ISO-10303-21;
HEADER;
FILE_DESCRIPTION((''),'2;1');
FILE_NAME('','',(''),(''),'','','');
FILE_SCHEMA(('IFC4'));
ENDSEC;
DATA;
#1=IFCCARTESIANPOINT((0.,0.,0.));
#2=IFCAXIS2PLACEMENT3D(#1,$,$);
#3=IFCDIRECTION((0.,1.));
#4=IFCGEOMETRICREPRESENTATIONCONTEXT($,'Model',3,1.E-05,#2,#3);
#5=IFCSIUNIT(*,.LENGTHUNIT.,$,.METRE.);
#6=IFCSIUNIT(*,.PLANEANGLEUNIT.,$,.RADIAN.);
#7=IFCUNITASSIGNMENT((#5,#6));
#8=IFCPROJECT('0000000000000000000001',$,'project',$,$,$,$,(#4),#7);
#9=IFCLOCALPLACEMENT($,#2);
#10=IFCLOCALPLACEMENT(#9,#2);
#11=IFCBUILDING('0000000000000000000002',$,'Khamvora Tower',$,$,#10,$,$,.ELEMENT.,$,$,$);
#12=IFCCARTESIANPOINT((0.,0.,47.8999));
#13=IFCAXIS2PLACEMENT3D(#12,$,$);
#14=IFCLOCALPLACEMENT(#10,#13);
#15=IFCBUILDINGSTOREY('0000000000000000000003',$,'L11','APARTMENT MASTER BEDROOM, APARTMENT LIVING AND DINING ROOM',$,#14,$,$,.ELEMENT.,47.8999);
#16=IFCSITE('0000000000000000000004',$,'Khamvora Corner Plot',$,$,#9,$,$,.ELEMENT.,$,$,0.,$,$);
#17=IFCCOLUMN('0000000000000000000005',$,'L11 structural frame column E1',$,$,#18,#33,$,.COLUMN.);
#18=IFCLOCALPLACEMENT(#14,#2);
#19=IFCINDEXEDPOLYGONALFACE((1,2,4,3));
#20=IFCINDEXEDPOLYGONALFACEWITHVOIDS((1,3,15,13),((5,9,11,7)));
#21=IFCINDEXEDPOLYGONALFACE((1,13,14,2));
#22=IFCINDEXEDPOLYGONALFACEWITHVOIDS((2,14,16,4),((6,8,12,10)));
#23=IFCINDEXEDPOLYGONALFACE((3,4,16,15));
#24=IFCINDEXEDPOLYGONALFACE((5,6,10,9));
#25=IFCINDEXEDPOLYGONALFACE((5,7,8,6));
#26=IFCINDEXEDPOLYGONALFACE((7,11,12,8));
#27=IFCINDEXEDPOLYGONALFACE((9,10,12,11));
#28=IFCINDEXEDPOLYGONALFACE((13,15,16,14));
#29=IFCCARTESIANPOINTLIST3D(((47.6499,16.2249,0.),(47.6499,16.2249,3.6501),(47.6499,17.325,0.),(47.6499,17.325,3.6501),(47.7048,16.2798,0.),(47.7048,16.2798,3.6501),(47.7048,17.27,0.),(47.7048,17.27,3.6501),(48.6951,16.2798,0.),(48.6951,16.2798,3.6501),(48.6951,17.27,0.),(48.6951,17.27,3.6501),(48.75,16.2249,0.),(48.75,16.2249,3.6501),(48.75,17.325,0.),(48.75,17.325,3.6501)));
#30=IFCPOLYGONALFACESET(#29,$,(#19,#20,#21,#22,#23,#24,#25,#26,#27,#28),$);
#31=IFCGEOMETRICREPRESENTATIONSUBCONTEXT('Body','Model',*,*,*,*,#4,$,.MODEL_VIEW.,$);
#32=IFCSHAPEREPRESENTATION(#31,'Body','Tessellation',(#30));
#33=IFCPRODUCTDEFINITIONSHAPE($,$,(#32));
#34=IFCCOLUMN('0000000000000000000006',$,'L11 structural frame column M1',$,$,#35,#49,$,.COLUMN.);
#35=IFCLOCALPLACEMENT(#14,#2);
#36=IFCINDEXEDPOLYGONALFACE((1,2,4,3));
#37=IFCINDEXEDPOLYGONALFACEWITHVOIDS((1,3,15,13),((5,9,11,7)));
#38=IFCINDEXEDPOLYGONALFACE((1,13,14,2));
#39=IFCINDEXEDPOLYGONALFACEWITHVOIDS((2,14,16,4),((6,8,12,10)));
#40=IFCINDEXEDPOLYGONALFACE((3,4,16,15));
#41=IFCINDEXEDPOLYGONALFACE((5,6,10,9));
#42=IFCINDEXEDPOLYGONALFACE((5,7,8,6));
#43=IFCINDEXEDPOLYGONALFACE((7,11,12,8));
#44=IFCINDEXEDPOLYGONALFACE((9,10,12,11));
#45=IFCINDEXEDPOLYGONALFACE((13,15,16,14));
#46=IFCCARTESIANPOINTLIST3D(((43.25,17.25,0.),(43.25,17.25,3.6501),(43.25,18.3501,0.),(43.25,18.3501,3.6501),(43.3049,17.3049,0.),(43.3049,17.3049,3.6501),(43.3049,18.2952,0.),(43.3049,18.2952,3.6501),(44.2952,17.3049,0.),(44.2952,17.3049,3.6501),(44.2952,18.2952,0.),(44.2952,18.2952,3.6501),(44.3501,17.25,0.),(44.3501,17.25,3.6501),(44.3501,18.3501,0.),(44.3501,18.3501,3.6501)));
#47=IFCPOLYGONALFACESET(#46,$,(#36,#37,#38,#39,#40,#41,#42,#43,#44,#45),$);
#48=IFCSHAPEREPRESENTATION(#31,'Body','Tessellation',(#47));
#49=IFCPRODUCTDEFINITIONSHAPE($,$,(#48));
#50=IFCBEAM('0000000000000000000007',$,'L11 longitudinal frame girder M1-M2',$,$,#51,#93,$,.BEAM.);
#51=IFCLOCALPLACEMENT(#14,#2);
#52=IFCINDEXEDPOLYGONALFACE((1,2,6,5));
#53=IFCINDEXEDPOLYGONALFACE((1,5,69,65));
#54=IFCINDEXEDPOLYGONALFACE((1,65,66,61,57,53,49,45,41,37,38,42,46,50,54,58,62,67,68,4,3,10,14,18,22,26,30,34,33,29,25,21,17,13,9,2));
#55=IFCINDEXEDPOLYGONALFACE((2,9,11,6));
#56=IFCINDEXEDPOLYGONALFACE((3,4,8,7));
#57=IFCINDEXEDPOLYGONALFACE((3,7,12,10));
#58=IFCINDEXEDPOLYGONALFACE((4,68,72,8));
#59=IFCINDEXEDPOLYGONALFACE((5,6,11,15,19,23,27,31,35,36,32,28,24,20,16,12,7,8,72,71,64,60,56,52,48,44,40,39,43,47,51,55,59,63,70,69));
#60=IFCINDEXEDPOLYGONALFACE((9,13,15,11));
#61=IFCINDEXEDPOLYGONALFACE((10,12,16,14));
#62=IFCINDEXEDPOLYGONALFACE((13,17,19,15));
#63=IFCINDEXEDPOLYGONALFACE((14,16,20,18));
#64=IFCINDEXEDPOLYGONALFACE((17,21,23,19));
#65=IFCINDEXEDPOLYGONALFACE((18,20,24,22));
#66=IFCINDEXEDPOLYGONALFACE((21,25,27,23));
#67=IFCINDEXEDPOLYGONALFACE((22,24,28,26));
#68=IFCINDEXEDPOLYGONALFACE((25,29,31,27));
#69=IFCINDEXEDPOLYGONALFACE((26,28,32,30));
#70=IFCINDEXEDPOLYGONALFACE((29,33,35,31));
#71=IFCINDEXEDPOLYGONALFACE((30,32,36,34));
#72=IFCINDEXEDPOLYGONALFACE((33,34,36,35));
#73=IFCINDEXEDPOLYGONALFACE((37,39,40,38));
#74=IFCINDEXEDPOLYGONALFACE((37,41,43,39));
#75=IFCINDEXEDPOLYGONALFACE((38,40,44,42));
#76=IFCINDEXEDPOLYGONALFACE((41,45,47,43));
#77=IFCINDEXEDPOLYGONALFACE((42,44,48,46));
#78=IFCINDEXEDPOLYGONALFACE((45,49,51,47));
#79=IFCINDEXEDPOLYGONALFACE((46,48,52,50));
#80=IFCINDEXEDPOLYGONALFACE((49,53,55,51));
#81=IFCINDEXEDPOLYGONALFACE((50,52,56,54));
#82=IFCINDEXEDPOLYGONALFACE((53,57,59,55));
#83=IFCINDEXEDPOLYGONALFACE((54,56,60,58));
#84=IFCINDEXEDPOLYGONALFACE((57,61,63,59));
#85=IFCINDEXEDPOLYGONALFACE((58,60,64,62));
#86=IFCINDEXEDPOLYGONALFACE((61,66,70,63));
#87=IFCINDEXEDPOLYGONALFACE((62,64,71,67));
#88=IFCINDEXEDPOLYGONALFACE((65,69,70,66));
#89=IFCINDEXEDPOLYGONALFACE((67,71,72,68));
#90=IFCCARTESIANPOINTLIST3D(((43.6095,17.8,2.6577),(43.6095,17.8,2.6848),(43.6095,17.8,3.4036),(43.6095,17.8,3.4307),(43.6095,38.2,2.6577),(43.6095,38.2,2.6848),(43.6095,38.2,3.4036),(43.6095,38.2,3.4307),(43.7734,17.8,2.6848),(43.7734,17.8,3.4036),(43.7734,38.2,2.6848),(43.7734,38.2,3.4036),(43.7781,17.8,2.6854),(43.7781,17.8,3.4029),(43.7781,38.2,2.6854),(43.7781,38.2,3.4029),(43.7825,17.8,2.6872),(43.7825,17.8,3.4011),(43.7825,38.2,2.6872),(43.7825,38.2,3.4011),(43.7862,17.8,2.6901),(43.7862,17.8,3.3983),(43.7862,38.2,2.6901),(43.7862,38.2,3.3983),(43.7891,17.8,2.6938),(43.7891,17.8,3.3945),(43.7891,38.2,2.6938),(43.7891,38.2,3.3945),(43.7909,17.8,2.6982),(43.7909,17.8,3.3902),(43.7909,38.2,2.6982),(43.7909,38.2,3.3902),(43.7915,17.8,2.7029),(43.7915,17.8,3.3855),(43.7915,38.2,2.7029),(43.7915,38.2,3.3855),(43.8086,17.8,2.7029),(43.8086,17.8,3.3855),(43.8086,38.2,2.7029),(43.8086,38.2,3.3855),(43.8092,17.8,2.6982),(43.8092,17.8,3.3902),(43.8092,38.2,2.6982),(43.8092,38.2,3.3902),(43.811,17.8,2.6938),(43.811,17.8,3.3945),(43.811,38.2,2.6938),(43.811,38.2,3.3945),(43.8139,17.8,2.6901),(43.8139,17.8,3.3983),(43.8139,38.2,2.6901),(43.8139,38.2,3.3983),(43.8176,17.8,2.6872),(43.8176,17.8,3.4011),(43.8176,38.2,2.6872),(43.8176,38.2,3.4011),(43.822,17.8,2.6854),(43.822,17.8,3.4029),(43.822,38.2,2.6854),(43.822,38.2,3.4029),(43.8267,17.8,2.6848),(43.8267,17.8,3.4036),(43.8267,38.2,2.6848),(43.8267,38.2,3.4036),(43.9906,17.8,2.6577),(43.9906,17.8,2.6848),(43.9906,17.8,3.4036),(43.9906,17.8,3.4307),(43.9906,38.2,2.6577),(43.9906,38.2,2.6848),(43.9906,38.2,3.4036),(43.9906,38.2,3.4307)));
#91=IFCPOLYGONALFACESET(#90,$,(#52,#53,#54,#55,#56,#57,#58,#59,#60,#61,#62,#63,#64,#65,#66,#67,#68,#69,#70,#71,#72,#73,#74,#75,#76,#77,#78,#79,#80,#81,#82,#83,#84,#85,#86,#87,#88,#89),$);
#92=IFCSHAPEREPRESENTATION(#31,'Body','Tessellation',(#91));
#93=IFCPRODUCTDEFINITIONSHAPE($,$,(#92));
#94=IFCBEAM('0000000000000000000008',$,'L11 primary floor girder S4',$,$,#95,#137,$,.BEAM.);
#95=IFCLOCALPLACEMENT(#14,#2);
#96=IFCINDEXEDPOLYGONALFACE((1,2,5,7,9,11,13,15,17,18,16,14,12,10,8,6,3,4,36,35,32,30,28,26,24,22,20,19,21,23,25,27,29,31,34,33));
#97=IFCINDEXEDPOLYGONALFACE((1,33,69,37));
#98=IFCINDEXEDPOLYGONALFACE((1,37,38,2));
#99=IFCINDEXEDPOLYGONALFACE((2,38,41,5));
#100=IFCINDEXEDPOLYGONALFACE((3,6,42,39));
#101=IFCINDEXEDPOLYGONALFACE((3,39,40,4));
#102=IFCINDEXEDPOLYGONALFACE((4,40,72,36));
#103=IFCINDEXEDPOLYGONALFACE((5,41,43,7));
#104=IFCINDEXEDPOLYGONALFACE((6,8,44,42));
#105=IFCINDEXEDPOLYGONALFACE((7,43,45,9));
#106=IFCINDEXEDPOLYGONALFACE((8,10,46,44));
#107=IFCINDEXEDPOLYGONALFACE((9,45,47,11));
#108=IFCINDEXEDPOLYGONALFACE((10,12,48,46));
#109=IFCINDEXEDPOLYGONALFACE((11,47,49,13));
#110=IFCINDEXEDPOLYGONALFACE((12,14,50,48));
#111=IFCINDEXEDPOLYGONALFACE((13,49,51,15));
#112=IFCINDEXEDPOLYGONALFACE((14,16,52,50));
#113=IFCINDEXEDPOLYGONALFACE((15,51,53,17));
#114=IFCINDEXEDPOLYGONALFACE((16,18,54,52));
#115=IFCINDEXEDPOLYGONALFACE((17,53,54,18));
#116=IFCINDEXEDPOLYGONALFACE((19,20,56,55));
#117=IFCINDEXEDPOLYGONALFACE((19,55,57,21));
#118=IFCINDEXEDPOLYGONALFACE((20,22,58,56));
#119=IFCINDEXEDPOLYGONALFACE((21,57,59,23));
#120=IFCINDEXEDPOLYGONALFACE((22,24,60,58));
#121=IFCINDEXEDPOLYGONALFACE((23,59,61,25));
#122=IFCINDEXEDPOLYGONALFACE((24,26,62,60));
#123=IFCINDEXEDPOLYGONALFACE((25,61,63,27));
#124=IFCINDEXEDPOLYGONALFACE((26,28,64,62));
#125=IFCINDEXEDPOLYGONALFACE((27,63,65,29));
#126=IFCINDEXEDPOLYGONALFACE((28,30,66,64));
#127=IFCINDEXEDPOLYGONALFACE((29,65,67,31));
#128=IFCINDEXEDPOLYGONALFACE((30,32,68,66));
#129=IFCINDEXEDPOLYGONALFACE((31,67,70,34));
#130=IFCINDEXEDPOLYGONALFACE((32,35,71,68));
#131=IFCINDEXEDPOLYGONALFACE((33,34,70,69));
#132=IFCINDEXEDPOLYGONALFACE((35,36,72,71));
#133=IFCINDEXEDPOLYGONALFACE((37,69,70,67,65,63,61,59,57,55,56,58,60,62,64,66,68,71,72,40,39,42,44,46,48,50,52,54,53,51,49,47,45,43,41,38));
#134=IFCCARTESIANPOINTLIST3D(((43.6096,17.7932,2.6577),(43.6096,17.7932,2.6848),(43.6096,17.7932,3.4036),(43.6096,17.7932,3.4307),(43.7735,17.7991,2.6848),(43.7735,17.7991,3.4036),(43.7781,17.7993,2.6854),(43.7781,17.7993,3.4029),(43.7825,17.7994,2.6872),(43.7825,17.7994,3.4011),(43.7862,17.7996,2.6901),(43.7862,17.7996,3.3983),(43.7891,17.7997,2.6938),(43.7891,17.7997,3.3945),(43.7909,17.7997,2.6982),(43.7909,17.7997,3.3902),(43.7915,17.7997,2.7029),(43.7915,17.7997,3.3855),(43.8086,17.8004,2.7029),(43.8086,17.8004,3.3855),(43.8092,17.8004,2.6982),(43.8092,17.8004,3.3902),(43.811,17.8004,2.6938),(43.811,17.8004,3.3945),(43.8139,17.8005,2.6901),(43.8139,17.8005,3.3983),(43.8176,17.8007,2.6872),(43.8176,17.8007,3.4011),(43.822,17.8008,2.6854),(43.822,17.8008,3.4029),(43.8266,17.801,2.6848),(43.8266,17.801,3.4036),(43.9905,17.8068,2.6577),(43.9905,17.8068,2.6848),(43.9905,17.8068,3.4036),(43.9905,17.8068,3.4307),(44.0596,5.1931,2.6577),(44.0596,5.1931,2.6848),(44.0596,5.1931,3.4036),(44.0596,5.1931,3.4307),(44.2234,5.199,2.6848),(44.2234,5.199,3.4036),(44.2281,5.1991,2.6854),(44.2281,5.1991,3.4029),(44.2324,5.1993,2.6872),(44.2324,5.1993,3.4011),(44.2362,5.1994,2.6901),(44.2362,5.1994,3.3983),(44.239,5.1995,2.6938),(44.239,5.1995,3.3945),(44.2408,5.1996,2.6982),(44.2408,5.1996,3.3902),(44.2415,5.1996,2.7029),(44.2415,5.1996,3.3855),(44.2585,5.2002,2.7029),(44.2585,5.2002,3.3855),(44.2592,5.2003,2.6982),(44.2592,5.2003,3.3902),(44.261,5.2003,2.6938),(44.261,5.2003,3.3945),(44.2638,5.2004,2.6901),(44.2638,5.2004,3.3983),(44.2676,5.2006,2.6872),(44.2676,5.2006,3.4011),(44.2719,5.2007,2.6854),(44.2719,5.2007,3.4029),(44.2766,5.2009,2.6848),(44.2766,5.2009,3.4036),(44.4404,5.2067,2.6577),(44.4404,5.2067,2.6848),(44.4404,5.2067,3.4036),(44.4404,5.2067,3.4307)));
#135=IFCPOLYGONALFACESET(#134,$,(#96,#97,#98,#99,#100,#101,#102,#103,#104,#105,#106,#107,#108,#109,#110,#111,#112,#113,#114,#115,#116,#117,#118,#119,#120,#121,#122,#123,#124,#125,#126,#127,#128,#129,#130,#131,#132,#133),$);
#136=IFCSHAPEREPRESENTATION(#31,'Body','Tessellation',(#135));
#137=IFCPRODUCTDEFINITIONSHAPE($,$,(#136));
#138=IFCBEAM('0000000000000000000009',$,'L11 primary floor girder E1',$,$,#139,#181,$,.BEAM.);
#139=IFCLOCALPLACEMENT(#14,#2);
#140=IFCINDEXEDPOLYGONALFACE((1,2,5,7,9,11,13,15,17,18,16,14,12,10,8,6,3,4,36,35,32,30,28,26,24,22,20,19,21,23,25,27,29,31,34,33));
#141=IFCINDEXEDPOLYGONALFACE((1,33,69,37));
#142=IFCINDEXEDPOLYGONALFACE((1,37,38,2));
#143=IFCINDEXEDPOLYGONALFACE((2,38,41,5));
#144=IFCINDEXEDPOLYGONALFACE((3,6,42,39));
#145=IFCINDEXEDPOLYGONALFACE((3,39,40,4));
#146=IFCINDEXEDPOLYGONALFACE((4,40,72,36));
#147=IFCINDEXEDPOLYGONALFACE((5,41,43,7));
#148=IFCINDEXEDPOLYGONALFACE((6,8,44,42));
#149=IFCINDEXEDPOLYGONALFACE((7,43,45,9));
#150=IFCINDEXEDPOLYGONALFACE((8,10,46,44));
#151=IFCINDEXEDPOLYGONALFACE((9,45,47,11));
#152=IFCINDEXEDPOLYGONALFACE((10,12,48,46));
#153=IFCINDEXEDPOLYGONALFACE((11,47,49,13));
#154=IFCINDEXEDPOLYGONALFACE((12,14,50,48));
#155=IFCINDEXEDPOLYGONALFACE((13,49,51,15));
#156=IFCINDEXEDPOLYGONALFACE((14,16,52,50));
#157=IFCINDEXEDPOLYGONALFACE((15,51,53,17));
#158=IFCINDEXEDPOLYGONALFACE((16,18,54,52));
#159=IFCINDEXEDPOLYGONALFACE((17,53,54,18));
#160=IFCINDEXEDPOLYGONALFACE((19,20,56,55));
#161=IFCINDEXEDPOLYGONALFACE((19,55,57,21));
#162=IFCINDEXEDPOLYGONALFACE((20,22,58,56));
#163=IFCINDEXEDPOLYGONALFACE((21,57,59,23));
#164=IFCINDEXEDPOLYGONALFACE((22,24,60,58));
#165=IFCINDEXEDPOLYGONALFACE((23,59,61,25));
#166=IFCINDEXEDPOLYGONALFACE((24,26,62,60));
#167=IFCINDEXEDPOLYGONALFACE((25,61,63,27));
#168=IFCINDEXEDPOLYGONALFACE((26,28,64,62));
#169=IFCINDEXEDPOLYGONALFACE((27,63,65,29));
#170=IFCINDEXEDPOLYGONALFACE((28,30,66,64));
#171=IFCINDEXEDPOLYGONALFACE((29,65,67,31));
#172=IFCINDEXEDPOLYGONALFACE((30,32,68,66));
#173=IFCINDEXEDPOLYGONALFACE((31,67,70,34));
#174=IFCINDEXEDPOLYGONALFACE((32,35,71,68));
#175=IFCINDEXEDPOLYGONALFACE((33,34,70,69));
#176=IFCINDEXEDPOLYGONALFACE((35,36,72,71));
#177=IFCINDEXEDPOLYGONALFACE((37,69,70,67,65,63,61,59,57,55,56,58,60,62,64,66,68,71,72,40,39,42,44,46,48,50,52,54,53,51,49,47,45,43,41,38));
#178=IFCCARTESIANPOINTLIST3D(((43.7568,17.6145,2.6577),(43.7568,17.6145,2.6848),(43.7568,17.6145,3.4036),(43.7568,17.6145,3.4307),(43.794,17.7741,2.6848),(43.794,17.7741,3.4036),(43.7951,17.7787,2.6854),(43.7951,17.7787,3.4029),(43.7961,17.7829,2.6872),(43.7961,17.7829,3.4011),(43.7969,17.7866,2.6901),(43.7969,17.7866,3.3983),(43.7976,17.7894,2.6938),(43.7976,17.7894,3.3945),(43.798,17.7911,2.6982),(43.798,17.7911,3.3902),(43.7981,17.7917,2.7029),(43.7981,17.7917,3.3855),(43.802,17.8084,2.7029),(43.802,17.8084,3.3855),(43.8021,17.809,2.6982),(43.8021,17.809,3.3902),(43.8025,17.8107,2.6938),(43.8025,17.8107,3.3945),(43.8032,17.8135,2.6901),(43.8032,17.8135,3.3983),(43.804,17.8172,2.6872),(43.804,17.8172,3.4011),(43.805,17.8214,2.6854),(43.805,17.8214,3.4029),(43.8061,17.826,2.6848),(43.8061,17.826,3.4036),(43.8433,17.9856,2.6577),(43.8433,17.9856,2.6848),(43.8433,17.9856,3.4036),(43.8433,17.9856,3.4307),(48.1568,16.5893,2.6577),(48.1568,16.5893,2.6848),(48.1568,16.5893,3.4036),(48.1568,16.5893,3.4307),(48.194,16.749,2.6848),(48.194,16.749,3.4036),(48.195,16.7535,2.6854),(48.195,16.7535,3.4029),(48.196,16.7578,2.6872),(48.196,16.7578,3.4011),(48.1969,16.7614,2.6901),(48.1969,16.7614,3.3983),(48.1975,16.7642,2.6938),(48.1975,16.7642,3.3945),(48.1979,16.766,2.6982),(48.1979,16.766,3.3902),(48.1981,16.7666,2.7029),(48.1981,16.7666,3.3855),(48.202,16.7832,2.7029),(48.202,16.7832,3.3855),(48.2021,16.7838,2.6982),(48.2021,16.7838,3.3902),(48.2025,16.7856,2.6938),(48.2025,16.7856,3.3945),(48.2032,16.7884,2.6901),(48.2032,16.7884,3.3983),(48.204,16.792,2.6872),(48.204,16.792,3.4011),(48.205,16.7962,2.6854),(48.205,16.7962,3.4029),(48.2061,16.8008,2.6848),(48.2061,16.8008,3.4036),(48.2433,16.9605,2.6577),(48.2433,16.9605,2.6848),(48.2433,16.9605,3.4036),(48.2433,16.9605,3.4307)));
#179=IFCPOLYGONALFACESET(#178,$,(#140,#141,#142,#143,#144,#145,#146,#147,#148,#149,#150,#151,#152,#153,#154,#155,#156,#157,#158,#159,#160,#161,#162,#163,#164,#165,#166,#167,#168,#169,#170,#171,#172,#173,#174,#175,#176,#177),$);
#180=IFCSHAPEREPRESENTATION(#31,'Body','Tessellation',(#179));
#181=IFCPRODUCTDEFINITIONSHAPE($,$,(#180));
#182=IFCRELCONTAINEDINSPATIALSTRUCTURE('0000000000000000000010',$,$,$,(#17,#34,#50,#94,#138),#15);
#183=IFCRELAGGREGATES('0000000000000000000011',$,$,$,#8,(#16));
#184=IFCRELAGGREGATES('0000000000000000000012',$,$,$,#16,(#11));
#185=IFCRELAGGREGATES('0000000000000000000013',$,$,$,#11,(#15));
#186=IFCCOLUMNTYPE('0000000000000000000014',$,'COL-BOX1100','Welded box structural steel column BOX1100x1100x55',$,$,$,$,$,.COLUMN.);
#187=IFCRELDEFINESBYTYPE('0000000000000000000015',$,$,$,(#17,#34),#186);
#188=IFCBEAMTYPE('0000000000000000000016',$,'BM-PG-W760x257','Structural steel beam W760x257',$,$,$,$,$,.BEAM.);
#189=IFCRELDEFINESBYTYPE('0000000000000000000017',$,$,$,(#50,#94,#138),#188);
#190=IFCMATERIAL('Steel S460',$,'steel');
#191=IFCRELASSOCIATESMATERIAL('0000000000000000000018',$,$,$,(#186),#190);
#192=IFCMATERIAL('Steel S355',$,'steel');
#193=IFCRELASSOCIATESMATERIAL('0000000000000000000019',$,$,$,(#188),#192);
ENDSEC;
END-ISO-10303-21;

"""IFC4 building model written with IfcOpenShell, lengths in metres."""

from ifc_helpers import new_model, si_unit, direction, frame, origin, origin_2d, place, context, subcontext, project, spatial, hollow_rectangle, i_section, extrude, material, material_profile, profile_set, type_object, element, save


model = new_model("IFC4")

# Units and contexts
model_context = context("Model", 3, precision=1e-05, world=origin(), true_north=direction((0.0, 1.0)))
body_context = subcontext(model_context, "Body", "Model", "MODEL_VIEW")
ifc_project = project(units=[si_unit("LENGTHUNIT", "METRE"), si_unit("PLANEANGLEUNIT", "RADIAN")], contexts=[model_context])

# Site, building, storey
site_placement = place(None, origin())
site = spatial("IfcSite", under=ifc_project, at=site_placement, Name="Khamvora Corner Plot", CompositionType="ELEMENT", RefElevation=0.0)
building_placement = place(site_placement, origin())
building = spatial("IfcBuilding", under=site, at=building_placement, Name="Khamvora Tower", CompositionType="ELEMENT")
storey_placement = place(building_placement, frame((0.0, 0.0, 47.8999)))
storey = spatial("IfcBuildingStorey", under=building, at=storey_placement, Name="L11", Description="APARTMENT MASTER BEDROOM, APARTMENT LIVING AND DINING ROOM", CompositionType="ELEMENT", Elevation=47.8999)

# Columns
ifc_material_1 = material(Name="Steel S460", Category="steel")
ifc_material_profile_1 = material_profile(ifc_material_1, hollow_rectangle(XDim=1.1001, YDim=1.1001, WallThickness=0.0549, at=origin_2d()), Name="BOX1100x1100x55")
ifc_profile_set_1 = profile_set([ifc_material_profile_1], Name="Steel S460")
column_type = type_object("IfcColumnType", Name="COL-BOX1100", Description="Welded box structural steel column BOX1100x1100x55", PredefinedType="COLUMN", material=ifc_profile_set_1)
for number, where, z_axis, x_axis, name in (
    (1, (48.2, 16.7749, 0.0), (0.0, 0.0, 1.0), (1.0, 0.0, 0.0), "L11 structural frame column E1"),
    (2, (43.8, 17.8, 0.0), (0.0, 0.0, 1.0), (1.0, 0.0, 0.0), "L11 structural frame column M1"),
):
    element("IfcColumn", number, at=place(storey_placement, frame(where, z_axis=z_axis, x_axis=x_axis)), inside=storey, type_object=column_type, Name=name, PredefinedType="COLUMN", context=body_context, shape_type="SweptSolid", body=[
        extrude(hollow_rectangle(XDim=1.1001, YDim=1.1001, WallThickness=0.0549, at=origin_2d()), origin(), (0.0, 0.0, 1.0), 3.6501),
    ])

# Beams
ifc_material_2 = material(Name="Steel S355", Category="steel")
ifc_material_profile_2 = material_profile(ifc_material_2, i_section(OverallWidth=0.3811, OverallDepth=0.7729, WebThickness=0.0171, FlangeThickness=0.0271, FilletRadius=0.0181, at=origin_2d()), Name="W760x257")
ifc_profile_set_2 = profile_set([ifc_material_profile_2], Name="Steel S355")
beam_type_1 = type_object("IfcBeamType", Name="BM-PG-W760x257", Description="Structural steel beam W760x257", PredefinedType="BEAM", material=ifc_profile_set_2)
beam_1_placement = place(storey_placement, frame((43.8, 17.8, 3.0442), z_axis=(0.0, 1.0, 0.0), x_axis=(-1.0, 0.0, 0.0)))
element("IfcBeam", 3, at=beam_1_placement, inside=storey, type_object=beam_type_1, Name="L11 longitudinal frame girder M1-M2", PredefinedType="BEAM", context=body_context, shape_type="SweptSolid", body=[
    extrude(i_section(OverallWidth=0.3811, OverallDepth=0.7729, WebThickness=0.0171, FlangeThickness=0.0271, FilletRadius=0.0181, at=origin_2d()), origin(), (0.0, 0.0, 1.0), 20.3999),
])
beam_2_placement = place(storey_placement, frame((43.8, 17.8, 3.0442), z_axis=(0.035687, -0.999363, 0.0), x_axis=(0.999363, 0.035687, 0.0)))
element("IfcBeam", 4, at=beam_2_placement, inside=storey, type_object=beam_type_1, Name="L11 primary floor girder S4", PredefinedType="BEAM", context=body_context, shape_type="SweptSolid", body=[
    extrude(i_section(OverallWidth=0.3811, OverallDepth=0.7729, WebThickness=0.0171, FlangeThickness=0.0271, FilletRadius=0.0181, at=origin_2d()), origin(), (0.0, 0.0, 1.0), 12.6082),
])
beam_3_placement = place(storey_placement, frame((43.8, 17.8, 3.0442), z_axis=(0.973915, -0.226915, 0.0), x_axis=(0.226915, 0.973915, 0.0)))
element("IfcBeam", 5, at=beam_3_placement, inside=storey, type_object=beam_type_1, Name="L11 primary floor girder E1", PredefinedType="BEAM", context=body_context, shape_type="SweptSolid", body=[
    extrude(i_section(OverallWidth=0.3811, OverallDepth=0.7729, WebThickness=0.0171, FlangeThickness=0.0271, FilletRadius=0.0181, at=origin_2d()), origin(), (0.0, 0.0, 1.0), 4.5178),
])

save(model, "model.ifc")
